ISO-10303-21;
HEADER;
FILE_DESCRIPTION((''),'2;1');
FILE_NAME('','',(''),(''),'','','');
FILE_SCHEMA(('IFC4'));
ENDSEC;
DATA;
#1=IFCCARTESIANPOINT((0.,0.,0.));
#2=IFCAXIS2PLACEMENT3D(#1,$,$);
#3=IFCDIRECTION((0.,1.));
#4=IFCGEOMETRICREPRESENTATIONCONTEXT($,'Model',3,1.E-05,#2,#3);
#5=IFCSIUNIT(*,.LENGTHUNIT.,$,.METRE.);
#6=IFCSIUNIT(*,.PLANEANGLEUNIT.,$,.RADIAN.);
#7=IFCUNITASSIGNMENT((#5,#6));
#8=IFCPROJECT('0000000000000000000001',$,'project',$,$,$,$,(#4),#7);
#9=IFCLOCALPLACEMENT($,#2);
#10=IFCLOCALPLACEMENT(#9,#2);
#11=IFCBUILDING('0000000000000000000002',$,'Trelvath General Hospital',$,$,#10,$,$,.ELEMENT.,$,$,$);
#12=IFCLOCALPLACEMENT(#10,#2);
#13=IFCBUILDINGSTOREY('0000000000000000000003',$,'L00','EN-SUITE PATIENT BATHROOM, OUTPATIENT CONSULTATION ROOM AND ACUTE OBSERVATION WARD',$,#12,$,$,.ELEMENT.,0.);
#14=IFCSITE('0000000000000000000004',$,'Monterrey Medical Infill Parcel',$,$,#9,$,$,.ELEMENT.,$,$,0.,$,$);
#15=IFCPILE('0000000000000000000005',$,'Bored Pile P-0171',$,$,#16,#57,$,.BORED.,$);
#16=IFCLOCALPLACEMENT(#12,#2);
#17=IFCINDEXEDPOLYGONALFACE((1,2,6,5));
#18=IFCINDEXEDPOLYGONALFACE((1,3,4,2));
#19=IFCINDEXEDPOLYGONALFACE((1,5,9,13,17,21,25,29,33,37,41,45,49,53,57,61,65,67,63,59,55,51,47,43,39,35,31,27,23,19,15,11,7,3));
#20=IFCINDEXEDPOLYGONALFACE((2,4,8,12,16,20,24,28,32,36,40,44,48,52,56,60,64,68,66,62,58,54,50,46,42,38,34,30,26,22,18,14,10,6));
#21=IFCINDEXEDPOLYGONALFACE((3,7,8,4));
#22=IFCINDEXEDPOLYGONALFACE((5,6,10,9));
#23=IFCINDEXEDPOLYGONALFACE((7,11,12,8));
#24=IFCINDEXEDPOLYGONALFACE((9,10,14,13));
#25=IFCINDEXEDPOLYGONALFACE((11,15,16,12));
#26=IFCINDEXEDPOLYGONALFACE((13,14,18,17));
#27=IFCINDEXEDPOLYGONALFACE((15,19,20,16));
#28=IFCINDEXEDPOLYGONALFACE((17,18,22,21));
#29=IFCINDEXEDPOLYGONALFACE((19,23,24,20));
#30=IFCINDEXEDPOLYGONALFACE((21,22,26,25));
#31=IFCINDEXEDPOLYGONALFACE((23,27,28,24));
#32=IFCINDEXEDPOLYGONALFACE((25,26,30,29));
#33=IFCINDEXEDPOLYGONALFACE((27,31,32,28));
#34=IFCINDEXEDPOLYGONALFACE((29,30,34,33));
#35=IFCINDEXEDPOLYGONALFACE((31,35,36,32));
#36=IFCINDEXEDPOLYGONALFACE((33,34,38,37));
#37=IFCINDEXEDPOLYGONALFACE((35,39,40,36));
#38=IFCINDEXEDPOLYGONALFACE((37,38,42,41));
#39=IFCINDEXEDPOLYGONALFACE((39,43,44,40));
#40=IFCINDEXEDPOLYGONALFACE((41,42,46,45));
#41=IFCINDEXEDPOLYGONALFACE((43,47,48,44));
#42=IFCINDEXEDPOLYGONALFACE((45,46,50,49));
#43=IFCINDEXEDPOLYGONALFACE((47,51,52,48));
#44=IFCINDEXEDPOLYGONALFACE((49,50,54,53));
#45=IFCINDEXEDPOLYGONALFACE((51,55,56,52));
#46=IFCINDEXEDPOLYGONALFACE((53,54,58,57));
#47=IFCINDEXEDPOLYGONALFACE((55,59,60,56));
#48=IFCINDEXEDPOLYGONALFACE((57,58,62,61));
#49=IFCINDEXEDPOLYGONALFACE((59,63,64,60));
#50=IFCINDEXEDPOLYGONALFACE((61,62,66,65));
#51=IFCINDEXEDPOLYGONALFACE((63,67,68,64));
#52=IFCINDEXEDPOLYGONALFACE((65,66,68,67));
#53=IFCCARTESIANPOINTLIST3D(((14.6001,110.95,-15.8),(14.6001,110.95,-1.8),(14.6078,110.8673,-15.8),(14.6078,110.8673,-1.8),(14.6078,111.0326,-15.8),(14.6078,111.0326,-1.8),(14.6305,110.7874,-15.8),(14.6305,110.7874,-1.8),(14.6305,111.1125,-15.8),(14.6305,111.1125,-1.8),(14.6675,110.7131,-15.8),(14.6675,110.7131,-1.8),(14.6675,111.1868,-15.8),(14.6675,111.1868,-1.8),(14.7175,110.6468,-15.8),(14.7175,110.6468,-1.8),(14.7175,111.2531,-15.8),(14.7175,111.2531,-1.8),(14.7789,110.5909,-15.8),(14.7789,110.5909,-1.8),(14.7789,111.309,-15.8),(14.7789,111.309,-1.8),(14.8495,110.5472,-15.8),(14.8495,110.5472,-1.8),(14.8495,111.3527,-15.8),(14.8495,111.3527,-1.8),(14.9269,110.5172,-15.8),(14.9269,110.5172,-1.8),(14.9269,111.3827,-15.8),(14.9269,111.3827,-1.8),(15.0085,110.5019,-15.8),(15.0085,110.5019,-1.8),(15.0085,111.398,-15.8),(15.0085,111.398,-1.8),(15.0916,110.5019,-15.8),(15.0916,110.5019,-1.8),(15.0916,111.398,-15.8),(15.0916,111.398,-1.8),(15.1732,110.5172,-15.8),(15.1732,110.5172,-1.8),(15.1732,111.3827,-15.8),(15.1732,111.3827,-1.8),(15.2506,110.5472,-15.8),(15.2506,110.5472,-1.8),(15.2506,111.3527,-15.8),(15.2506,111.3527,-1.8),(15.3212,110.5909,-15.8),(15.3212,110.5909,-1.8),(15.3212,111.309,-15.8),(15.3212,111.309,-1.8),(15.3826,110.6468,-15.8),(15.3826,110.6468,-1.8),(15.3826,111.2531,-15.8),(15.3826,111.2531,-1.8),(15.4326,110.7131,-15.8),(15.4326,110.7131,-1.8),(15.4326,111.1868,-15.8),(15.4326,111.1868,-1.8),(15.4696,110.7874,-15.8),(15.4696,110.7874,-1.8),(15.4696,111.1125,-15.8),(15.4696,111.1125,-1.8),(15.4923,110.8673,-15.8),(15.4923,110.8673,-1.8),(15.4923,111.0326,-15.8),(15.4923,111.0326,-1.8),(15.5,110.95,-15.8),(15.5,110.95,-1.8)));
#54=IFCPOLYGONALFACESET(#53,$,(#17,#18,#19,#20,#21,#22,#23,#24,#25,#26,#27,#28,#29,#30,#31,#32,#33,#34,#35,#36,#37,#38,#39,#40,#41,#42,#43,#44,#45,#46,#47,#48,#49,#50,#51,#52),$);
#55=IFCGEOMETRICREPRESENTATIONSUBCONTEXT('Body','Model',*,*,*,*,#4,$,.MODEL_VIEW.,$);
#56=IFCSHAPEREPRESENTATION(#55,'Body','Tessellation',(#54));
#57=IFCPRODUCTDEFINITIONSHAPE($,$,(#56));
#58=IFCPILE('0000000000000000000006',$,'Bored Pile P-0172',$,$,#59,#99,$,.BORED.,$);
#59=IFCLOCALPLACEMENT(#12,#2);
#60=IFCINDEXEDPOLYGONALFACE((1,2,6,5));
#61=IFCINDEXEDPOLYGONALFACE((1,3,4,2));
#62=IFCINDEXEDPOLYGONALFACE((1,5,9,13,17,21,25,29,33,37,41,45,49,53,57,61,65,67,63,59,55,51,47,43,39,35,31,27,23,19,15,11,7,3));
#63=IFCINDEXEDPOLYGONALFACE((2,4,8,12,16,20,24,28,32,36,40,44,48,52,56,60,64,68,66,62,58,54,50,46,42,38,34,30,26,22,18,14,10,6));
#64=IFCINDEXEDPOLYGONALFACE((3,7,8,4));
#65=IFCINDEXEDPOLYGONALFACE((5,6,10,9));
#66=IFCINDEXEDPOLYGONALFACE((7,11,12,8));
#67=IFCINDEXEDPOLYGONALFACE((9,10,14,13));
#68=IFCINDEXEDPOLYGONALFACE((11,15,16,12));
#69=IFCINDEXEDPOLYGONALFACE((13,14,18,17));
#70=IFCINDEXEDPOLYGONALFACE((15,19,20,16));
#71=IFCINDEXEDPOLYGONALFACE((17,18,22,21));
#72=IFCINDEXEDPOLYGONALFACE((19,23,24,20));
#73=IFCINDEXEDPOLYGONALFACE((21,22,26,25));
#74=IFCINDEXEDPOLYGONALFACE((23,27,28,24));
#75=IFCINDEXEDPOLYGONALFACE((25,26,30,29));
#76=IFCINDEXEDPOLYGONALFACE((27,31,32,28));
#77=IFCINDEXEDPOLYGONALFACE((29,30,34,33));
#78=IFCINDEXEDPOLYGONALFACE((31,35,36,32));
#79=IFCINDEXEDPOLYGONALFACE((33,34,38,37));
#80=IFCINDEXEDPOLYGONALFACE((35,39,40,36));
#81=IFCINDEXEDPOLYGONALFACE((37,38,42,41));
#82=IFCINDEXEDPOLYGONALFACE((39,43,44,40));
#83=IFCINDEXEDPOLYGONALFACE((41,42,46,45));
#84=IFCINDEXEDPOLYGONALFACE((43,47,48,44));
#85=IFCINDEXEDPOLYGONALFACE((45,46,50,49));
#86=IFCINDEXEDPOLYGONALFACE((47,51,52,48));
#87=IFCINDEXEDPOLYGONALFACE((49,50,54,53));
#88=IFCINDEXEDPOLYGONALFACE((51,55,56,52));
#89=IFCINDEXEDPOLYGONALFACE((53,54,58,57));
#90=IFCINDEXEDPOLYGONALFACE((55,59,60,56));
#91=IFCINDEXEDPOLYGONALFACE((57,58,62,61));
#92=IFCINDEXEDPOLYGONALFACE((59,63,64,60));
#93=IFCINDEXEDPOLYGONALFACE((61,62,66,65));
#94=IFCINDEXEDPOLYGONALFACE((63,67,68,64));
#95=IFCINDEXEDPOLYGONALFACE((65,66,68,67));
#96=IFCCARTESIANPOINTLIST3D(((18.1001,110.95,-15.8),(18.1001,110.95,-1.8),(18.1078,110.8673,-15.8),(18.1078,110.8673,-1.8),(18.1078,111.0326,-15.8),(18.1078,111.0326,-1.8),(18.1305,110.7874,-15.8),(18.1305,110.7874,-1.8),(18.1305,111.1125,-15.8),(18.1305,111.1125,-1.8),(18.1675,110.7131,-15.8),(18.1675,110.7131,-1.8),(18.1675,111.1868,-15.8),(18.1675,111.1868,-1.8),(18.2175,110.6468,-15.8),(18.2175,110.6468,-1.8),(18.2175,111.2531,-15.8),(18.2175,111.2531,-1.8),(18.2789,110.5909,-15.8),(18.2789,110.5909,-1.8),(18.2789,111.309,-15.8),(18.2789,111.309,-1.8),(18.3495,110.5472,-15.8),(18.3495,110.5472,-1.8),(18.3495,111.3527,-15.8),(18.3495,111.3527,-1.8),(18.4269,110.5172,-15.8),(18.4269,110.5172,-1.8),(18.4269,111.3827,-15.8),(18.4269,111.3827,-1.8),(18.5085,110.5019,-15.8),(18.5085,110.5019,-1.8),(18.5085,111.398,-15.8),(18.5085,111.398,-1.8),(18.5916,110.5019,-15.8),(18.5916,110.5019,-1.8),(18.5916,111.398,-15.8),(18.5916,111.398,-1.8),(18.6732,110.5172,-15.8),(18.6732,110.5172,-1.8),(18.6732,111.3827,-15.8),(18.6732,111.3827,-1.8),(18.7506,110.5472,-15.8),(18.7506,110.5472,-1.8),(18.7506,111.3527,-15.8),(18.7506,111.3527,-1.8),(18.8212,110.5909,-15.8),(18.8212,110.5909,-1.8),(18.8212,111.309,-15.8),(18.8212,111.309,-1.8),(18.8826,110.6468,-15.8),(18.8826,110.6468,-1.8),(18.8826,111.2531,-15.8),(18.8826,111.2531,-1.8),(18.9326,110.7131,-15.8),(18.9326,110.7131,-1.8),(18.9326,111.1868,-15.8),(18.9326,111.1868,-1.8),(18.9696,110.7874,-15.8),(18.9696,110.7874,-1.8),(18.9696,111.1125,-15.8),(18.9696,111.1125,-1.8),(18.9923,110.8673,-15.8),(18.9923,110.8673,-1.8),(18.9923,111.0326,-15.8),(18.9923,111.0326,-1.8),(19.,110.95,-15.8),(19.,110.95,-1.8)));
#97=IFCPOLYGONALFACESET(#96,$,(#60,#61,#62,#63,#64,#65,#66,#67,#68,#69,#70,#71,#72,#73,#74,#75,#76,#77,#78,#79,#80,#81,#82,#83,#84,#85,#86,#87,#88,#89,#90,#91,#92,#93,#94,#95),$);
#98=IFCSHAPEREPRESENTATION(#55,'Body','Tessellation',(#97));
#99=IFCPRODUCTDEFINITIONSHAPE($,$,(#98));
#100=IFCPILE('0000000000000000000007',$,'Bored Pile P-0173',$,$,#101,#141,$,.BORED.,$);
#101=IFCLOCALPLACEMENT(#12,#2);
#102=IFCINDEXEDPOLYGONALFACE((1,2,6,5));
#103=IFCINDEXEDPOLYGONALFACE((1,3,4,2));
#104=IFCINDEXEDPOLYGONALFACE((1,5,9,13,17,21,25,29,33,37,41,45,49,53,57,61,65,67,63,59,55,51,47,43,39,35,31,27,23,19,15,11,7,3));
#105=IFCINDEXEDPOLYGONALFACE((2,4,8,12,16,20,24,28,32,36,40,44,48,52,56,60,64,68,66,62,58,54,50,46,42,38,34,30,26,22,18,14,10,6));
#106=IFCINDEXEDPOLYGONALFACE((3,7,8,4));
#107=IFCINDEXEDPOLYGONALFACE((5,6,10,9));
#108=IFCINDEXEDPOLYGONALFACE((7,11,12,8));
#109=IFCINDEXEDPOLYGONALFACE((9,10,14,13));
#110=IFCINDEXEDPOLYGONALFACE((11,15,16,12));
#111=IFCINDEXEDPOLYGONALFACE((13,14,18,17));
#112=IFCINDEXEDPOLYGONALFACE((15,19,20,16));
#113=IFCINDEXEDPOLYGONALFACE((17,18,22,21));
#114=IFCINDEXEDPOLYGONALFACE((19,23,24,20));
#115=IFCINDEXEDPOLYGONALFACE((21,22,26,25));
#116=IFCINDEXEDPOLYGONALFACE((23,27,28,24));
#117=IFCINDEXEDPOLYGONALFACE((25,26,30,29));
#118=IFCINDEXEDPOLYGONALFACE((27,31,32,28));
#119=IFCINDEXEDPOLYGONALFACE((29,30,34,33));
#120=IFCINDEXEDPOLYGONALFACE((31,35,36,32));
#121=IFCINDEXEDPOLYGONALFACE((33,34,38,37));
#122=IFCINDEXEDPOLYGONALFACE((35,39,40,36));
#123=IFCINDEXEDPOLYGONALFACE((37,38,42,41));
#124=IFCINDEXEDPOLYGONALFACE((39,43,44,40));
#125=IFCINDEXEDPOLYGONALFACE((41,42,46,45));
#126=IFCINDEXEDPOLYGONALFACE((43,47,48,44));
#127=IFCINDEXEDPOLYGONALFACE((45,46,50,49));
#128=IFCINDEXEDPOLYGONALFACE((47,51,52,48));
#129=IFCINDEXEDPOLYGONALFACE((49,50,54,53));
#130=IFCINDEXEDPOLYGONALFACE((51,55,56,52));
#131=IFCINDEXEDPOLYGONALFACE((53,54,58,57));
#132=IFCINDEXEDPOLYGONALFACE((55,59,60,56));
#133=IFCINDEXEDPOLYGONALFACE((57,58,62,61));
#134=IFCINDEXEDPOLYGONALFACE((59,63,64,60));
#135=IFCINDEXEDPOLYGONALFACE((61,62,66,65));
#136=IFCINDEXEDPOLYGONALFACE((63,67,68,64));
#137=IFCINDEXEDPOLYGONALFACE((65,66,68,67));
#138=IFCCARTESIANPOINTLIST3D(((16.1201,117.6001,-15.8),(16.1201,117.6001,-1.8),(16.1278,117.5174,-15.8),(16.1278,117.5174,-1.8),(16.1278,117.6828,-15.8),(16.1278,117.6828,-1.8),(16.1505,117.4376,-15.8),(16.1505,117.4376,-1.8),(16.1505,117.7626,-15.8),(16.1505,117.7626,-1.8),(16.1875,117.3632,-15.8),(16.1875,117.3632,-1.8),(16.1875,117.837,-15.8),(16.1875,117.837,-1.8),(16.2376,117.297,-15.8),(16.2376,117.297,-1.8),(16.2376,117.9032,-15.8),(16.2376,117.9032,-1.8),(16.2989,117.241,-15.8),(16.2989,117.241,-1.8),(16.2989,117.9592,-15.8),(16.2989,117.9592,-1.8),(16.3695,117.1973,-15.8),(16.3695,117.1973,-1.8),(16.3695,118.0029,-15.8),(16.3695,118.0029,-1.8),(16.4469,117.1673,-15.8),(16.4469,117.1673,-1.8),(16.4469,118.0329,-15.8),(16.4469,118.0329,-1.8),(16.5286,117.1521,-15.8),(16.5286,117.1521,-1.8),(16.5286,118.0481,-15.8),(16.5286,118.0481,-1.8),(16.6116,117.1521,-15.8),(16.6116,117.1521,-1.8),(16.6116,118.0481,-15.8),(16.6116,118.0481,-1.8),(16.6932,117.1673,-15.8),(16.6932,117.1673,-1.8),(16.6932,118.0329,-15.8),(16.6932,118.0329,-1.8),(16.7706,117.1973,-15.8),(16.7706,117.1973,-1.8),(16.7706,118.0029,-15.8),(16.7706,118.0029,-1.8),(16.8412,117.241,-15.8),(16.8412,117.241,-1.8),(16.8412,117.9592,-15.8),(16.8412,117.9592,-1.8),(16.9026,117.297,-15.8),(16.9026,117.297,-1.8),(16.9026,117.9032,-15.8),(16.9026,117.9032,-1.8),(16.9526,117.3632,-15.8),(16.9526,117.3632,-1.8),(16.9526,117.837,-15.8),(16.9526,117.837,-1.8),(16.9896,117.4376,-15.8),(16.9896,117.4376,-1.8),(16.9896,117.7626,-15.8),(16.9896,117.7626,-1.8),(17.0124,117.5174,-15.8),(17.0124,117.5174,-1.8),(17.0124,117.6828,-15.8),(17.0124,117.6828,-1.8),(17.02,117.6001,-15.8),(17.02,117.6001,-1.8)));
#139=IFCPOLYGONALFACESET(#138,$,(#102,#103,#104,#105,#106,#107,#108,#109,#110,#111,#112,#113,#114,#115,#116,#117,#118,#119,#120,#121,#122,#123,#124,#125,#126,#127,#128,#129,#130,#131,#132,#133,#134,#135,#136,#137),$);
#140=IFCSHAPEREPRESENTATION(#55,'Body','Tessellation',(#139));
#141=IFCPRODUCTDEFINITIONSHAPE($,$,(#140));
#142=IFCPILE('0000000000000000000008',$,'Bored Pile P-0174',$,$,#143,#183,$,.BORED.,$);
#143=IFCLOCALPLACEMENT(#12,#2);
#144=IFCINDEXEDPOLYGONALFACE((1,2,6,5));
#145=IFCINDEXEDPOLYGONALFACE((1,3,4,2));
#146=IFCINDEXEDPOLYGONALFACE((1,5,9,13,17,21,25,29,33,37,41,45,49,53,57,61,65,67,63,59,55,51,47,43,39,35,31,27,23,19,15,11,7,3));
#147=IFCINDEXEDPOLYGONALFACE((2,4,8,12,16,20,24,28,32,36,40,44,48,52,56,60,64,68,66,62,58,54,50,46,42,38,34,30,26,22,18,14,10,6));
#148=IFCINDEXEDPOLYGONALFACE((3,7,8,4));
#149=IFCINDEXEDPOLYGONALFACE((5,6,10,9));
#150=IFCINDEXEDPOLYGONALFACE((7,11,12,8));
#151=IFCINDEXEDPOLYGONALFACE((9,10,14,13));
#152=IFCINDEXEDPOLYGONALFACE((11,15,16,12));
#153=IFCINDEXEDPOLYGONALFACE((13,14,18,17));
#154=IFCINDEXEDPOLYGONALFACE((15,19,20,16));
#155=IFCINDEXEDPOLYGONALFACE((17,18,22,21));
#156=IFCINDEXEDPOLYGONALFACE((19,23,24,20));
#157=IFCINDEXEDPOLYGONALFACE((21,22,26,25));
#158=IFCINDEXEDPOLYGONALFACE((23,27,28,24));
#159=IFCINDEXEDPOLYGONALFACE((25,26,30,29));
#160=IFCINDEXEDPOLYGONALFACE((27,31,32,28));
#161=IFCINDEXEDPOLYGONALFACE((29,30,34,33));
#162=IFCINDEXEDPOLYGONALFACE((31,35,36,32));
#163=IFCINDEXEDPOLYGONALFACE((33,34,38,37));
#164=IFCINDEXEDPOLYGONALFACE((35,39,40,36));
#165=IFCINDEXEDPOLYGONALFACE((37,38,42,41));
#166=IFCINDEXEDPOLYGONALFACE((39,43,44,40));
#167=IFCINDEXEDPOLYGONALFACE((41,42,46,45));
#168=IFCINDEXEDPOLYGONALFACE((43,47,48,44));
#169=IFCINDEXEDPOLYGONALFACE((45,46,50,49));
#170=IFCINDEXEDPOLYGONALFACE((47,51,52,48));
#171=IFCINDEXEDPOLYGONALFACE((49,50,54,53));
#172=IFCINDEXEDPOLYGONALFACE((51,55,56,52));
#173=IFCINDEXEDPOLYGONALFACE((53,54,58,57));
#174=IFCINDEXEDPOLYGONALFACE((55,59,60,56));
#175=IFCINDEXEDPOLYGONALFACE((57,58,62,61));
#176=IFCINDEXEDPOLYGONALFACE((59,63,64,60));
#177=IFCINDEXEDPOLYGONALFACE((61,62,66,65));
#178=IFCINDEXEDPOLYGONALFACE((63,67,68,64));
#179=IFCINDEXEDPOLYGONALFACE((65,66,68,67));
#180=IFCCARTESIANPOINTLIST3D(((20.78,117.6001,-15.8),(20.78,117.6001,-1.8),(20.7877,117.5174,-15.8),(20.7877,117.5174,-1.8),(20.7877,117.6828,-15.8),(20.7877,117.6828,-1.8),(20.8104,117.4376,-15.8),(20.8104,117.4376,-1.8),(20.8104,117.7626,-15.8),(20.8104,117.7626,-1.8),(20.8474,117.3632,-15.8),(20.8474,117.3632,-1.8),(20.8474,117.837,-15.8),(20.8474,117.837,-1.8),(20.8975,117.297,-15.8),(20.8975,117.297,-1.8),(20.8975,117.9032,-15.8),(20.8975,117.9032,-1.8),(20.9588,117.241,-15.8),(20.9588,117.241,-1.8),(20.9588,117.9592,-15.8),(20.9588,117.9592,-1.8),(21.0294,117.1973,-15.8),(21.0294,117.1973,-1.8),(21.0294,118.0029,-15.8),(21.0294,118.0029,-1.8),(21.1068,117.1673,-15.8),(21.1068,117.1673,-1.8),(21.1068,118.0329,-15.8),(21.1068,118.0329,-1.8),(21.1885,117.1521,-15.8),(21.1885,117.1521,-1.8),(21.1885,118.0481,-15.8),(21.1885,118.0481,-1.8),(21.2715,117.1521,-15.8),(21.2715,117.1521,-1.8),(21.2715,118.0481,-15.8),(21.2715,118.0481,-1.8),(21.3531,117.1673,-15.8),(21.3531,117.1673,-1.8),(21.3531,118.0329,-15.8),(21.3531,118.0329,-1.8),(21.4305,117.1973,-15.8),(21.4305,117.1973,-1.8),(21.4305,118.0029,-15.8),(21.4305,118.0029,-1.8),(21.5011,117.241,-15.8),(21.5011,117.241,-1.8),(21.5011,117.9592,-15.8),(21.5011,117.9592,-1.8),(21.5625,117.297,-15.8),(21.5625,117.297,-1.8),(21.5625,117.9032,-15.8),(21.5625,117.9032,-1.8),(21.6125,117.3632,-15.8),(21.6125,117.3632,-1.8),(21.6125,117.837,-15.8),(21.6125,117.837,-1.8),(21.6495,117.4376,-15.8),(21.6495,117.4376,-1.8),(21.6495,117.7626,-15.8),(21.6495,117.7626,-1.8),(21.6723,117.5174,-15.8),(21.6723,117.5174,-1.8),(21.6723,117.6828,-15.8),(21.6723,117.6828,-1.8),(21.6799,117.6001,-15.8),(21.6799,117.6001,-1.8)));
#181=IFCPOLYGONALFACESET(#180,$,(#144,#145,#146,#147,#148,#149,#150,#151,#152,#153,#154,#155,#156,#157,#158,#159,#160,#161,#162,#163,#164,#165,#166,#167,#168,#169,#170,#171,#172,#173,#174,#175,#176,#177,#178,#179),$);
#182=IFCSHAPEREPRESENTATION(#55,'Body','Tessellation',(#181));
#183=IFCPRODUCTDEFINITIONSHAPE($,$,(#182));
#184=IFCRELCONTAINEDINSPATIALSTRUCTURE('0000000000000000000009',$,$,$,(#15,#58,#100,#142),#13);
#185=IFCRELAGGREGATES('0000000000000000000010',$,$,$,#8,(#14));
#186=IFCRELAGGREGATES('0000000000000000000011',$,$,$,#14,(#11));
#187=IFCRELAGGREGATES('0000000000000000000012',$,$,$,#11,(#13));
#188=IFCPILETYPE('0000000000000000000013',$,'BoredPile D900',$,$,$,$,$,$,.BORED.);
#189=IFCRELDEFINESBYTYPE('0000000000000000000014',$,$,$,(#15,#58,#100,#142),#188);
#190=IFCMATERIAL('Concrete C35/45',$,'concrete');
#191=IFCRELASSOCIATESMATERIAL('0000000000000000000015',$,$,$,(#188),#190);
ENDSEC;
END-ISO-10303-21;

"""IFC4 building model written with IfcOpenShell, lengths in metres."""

from ifc_helpers import new_model, si_unit, direction, frame, origin, origin_2d, place, context, subcontext, project, spatial, circle, extrude, material, material_profile, profile_set, type_object, element, save


model = new_model("IFC4")

# Units and contexts
model_context = context("Model", 3, precision=1e-05, world=origin(), true_north=direction((0.0, 1.0)))
body_context = subcontext(model_context, "Body", "Model", "MODEL_VIEW")
ifc_project = project(units=[si_unit("LENGTHUNIT", "METRE"), si_unit("PLANEANGLEUNIT", "RADIAN")], contexts=[model_context])

# Site, building, storey
site_placement = place(None, origin())
site = spatial("IfcSite", under=ifc_project, at=site_placement, Name="Monterrey Medical Infill Parcel", CompositionType="ELEMENT", RefElevation=0.0)
building_placement = place(site_placement, origin())
building = spatial("IfcBuilding", under=site, at=building_placement, Name="Trelvath General Hospital", CompositionType="ELEMENT")
storey_placement = place(building_placement, origin())
storey = spatial("IfcBuildingStorey", under=building, at=storey_placement, Name="L00", Description="EN-SUITE PATIENT BATHROOM, OUTPATIENT CONSULTATION ROOM AND ACUTE OBSERVATION WARD", CompositionType="ELEMENT", Elevation=0.0)

# Piles
ifc_material_1 = material(Name="Concrete C35/45", Category="concrete")
ifc_material_profile_1 = material_profile(ifc_material_1, circle(Radius=0.45, at=origin_2d()), Name="PILE900")
ifc_profile_set_1 = profile_set([ifc_material_profile_1], Name="Concrete C35/45")
pile_type_1 = type_object("IfcPileType", Name="BoredPile D900", PredefinedType="BORED", material=ifc_profile_set_1)
for number, where, z_axis, x_axis, name in (
    (1, (15.05, 110.95, -1.8), (0.0, 0.0, -1.0), (1.0, 0.0, 0.0), "Bored Pile P-0171"),
    (2, (18.55, 110.95, -1.8), (0.0, 0.0, -1.0), (1.0, 0.0, 0.0), "Bored Pile P-0172"),
    (3, (16.5701, 117.6001, -1.8), (0.0, 0.0, -1.0), (1.0, 0.0, 0.0), "Bored Pile P-0173"),
    (4, (21.23, 117.6001, -1.8), (0.0, 0.0, -1.0), (1.0, 0.0, 0.0), "Bored Pile P-0174"),
):
    element("IfcPile", number, at=place(storey_placement, frame(where, z_axis=z_axis, x_axis=x_axis)), inside=storey, type_object=pile_type_1, Name=name, PredefinedType="BORED", context=body_context, shape_type="SweptSolid", body=[
        extrude(circle(Radius=0.45, at=origin_2d()), origin(), (0.0, 0.0, 1.0), 14.0),
    ])

save(model, "model.ifc")
